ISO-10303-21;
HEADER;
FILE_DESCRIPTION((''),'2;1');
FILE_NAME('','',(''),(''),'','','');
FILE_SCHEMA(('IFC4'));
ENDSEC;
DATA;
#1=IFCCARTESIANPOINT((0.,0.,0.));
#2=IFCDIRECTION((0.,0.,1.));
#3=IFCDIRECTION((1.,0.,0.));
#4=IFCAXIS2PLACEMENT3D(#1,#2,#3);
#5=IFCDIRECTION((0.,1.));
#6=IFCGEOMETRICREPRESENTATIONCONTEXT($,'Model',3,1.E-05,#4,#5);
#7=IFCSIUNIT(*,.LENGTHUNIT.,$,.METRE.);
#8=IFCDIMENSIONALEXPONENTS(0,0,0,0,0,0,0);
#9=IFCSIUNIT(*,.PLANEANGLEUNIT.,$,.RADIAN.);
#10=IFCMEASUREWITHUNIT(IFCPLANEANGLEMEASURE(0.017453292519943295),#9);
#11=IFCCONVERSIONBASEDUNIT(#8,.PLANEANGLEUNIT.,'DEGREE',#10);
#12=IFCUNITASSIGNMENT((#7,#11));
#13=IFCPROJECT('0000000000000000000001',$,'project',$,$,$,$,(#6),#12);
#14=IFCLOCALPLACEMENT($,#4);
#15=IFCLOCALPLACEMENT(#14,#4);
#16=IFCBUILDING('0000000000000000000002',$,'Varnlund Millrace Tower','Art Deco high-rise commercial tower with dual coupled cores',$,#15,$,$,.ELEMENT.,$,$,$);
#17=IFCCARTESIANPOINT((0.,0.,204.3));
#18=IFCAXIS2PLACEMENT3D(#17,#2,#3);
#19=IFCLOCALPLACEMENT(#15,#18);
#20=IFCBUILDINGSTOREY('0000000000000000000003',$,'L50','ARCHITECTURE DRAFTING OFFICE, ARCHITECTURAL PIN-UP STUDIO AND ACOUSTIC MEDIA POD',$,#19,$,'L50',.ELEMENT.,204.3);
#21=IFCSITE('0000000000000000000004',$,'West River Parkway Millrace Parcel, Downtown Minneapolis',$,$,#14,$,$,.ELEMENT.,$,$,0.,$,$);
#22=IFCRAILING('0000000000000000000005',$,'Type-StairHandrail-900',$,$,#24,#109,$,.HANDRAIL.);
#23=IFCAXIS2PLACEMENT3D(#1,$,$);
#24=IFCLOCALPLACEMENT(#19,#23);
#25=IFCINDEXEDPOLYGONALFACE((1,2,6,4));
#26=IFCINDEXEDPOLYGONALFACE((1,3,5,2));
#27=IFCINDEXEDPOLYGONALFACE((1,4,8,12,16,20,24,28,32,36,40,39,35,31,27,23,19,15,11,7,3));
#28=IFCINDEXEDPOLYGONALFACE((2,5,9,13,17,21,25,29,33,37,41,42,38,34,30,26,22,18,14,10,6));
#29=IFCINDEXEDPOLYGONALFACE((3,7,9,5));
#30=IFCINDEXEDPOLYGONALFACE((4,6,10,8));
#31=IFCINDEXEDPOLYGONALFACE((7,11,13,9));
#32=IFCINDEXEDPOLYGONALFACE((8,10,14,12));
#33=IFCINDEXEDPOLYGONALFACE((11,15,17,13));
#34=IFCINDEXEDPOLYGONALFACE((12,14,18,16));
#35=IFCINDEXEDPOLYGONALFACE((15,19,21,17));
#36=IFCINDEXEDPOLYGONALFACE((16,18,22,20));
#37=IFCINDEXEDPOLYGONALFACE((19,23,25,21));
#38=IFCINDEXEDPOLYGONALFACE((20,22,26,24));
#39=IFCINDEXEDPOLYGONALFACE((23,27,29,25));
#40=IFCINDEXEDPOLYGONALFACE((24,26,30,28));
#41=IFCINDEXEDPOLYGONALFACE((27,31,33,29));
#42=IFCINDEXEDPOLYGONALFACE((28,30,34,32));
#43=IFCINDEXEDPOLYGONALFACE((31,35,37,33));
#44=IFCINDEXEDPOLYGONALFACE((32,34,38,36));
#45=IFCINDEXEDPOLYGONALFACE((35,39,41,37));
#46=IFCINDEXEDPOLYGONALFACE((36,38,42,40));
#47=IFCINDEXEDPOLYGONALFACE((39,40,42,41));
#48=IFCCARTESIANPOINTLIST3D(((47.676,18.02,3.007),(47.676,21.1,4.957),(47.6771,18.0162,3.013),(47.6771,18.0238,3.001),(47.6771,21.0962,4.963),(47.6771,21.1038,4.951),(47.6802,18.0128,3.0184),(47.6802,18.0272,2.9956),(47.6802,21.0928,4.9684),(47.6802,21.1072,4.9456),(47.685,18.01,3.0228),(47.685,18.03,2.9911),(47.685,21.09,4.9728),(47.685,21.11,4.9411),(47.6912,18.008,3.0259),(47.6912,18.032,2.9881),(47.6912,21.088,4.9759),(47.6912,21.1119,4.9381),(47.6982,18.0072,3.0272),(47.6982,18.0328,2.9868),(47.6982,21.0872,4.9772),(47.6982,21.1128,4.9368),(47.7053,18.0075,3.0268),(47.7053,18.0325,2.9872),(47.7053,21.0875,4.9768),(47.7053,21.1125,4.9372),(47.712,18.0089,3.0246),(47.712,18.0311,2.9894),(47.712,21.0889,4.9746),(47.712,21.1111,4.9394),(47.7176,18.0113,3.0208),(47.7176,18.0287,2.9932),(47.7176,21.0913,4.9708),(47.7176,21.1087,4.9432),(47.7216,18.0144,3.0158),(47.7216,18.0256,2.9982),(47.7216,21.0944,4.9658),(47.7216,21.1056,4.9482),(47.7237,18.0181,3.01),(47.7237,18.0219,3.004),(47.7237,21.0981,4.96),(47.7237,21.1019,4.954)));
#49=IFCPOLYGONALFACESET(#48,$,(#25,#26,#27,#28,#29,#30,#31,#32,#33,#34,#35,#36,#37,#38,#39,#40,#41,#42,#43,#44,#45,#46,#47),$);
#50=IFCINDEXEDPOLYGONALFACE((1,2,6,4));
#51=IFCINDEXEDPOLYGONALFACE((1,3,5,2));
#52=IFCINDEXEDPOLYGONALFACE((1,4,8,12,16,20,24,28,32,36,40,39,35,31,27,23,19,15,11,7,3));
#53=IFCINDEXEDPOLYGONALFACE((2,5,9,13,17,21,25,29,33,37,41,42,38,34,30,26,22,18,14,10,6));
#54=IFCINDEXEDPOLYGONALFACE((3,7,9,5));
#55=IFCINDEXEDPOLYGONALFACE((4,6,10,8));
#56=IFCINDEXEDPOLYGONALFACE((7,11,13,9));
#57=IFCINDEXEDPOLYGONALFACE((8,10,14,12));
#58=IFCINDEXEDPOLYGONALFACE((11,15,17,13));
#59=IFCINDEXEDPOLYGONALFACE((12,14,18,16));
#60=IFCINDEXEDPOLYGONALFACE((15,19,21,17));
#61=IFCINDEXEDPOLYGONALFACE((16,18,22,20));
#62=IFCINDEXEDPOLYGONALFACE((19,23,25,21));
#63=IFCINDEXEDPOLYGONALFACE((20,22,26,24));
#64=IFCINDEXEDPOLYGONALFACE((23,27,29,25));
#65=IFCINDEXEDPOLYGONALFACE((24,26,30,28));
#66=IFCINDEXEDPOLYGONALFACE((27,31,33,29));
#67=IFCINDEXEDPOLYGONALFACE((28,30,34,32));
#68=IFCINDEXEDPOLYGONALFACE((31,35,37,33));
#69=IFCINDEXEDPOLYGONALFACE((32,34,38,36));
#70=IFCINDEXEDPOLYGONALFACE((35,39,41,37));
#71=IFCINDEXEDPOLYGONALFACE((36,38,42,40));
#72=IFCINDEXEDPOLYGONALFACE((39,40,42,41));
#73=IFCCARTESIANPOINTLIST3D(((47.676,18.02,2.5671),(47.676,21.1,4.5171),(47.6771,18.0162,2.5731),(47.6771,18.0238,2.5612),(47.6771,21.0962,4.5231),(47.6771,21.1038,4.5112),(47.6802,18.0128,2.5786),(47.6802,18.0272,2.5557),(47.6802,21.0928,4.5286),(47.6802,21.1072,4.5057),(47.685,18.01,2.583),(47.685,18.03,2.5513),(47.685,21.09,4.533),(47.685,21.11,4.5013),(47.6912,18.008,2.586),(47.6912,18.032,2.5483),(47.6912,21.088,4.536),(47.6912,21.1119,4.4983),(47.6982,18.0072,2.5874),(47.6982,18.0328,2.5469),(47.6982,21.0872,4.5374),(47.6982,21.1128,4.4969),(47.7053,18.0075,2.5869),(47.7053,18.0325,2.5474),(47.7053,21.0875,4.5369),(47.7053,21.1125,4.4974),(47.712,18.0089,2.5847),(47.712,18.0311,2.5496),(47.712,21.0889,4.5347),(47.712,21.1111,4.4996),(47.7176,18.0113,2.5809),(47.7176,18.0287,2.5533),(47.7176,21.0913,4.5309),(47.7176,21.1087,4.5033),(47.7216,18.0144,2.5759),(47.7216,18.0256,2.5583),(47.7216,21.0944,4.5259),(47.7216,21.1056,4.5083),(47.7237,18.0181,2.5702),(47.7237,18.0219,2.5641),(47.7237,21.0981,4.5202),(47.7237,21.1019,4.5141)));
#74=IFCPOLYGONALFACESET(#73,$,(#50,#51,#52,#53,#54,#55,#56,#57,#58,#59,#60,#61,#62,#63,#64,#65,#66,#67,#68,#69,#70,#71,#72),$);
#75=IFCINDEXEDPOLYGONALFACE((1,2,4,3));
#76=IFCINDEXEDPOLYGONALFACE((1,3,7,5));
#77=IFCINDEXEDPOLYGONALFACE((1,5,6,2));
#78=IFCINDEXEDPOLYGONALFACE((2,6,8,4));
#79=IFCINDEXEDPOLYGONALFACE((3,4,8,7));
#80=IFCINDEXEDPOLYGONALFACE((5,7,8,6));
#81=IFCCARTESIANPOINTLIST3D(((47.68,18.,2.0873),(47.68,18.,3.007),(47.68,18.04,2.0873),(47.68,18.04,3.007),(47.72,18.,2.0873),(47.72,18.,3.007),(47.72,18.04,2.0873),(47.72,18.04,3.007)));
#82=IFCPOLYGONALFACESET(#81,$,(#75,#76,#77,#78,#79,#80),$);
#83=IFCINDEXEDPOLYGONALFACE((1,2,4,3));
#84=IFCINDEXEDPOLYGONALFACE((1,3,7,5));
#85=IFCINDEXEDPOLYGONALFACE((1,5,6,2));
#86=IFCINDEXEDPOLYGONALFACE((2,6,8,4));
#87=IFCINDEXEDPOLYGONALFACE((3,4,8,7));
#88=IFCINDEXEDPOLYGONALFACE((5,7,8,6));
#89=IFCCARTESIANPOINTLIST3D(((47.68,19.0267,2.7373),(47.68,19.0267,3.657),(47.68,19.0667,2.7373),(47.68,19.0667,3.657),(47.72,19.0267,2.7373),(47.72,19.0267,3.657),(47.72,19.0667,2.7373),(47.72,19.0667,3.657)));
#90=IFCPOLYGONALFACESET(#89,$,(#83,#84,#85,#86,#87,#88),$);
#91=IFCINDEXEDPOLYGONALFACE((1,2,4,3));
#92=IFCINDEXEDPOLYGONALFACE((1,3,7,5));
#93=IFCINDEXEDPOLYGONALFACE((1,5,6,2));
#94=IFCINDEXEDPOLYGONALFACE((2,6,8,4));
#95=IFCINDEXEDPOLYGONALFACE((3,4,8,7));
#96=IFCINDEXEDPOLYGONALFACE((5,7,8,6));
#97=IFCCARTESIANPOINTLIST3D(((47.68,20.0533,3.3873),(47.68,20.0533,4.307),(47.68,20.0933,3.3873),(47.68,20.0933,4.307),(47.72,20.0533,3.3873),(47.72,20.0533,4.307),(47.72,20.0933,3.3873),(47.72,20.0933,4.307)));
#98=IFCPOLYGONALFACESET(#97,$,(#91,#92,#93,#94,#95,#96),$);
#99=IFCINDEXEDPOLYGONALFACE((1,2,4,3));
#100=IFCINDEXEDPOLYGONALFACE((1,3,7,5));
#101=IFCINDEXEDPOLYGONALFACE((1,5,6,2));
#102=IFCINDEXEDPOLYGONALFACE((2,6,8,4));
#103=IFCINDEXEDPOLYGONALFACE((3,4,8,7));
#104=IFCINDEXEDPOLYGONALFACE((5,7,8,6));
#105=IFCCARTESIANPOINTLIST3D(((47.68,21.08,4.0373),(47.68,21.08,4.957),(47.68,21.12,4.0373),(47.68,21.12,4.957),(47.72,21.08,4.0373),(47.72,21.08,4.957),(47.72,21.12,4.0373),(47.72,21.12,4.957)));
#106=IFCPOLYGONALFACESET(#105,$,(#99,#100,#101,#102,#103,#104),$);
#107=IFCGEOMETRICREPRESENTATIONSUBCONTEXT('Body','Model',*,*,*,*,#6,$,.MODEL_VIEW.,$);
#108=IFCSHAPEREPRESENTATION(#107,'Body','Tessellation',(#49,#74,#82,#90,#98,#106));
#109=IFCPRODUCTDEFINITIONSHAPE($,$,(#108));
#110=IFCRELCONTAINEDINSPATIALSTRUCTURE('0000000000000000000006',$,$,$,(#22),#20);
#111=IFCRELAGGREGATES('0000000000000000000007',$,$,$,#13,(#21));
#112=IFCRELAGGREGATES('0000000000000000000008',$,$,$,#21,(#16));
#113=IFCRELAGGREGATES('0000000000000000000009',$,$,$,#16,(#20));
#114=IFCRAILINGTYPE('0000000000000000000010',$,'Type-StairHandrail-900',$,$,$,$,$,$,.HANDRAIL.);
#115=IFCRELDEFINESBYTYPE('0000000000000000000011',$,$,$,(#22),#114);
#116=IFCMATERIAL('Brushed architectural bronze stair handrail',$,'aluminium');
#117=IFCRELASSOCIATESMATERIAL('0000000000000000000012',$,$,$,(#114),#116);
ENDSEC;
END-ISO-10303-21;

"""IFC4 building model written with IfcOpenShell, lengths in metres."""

from ifc_helpers import new_model, entity, si_unit, converted_unit, direction, frame, origin_with_axes, origin_2d_with_axis, place, context, subcontext, project, spatial, rectangle, circle, extrude, material, type_object, element, save


model = new_model("IFC4")

# Units and contexts
model_context = context("Model", 3, precision=1e-05, world=origin_with_axes(), true_north=direction((0.0, 1.0)))
body_context = subcontext(model_context, "Body", "Model", "MODEL_VIEW")
ifc_project = project(units=[si_unit("LENGTHUNIT", "METRE"), converted_unit("PLANEANGLEUNIT", "DEGREE", entity("IfcPlaneAngleMeasure", 0.017453292519943295), si_unit("PLANEANGLEUNIT", "RADIAN"), dimensions=[0, 0, 0, 0, 0, 0, 0])], contexts=[model_context])

# Site, building, storey
site_placement = place(None, origin_with_axes())
site = spatial("IfcSite", under=ifc_project, at=site_placement, Name="West River Parkway Millrace Parcel, Downtown Minneapolis", CompositionType="ELEMENT", RefElevation=0.0)
building_placement = place(site_placement, origin_with_axes())
building = spatial("IfcBuilding", under=site, at=building_placement, Name="Varnlund Millrace Tower", Description="Art Deco high-rise commercial tower with dual coupled cores", CompositionType="ELEMENT")
storey_placement = place(building_placement, frame((0.0, 0.0, 204.3), z_axis=(0.0, 0.0, 1.0), x_axis=(1.0, 0.0, 0.0)))
storey = spatial("IfcBuildingStorey", under=building, at=storey_placement, Name="L50", Description="ARCHITECTURE DRAFTING OFFICE, ARCHITECTURAL PIN-UP STUDIO AND ACOUSTIC MEDIA POD", LongName="L50", CompositionType="ELEMENT", Elevation=204.3)

# Railing
ifc_material_1 = material(Name="Brushed architectural bronze stair handrail", Category="aluminium")
railing_type_1 = type_object("IfcRailingType", Name="Type-StairHandrail-900", PredefinedType="HANDRAIL", material=ifc_material_1)
railing_1_placement = place(storey_placement, frame((0.0, 0.0, -204.3), z_axis=(0.0, 0.0, 1.0), x_axis=(1.0, 0.0, 0.0)))
element("IfcRailing", 1, at=railing_1_placement, inside=storey, type_object=railing_type_1, Name="Type-StairHandrail-900", PredefinedType="HANDRAIL", context=body_context, shape_type="SweptSolid", body=[
    extrude(circle(Radius=0.024, at=origin_2d_with_axis()), frame((47.7, 18.02, 207.307), z_axis=(0.0, 0.844902, 0.534922), x_axis=(-1.0, 0.0, 0.0)), (0.0, 0.0, 1.0), 3.6454),
    extrude(circle(Radius=0.024, at=origin_2d_with_axis()), frame((47.7, 18.02, 206.8671), z_axis=(0.0, 0.844902, 0.534922), x_axis=(-1.0, 0.0, 0.0)), (0.0, 0.0, 1.0), 3.6454),
    extrude(rectangle(XDim=0.04, YDim=0.04, at=origin_2d_with_axis()), frame((47.7, 18.02, 206.3873), z_axis=(0.0, 0.0, 1.0), x_axis=(1.0, 0.0, 0.0)), (0.0, 0.0, 1.0), 0.9197),
    extrude(rectangle(XDim=0.04, YDim=0.04, at=origin_2d_with_axis()), frame((47.7, 19.0467, 207.0373), z_axis=(0.0, 0.0, 1.0), x_axis=(1.0, 0.0, 0.0)), (0.0, 0.0, 1.0), 0.9197),
    extrude(rectangle(XDim=0.04, YDim=0.04, at=origin_2d_with_axis()), frame((47.7, 20.0733, 207.6873), z_axis=(0.0, 0.0, 1.0), x_axis=(1.0, 0.0, 0.0)), (0.0, 0.0, 1.0), 0.9197),
    extrude(rectangle(XDim=0.04, YDim=0.04, at=origin_2d_with_axis()), frame((47.7, 21.1, 208.3373), z_axis=(0.0, 0.0, 1.0), x_axis=(1.0, 0.0, 0.0)), (0.0, 0.0, 1.0), 0.9197),
])

save(model, "model.ifc")
